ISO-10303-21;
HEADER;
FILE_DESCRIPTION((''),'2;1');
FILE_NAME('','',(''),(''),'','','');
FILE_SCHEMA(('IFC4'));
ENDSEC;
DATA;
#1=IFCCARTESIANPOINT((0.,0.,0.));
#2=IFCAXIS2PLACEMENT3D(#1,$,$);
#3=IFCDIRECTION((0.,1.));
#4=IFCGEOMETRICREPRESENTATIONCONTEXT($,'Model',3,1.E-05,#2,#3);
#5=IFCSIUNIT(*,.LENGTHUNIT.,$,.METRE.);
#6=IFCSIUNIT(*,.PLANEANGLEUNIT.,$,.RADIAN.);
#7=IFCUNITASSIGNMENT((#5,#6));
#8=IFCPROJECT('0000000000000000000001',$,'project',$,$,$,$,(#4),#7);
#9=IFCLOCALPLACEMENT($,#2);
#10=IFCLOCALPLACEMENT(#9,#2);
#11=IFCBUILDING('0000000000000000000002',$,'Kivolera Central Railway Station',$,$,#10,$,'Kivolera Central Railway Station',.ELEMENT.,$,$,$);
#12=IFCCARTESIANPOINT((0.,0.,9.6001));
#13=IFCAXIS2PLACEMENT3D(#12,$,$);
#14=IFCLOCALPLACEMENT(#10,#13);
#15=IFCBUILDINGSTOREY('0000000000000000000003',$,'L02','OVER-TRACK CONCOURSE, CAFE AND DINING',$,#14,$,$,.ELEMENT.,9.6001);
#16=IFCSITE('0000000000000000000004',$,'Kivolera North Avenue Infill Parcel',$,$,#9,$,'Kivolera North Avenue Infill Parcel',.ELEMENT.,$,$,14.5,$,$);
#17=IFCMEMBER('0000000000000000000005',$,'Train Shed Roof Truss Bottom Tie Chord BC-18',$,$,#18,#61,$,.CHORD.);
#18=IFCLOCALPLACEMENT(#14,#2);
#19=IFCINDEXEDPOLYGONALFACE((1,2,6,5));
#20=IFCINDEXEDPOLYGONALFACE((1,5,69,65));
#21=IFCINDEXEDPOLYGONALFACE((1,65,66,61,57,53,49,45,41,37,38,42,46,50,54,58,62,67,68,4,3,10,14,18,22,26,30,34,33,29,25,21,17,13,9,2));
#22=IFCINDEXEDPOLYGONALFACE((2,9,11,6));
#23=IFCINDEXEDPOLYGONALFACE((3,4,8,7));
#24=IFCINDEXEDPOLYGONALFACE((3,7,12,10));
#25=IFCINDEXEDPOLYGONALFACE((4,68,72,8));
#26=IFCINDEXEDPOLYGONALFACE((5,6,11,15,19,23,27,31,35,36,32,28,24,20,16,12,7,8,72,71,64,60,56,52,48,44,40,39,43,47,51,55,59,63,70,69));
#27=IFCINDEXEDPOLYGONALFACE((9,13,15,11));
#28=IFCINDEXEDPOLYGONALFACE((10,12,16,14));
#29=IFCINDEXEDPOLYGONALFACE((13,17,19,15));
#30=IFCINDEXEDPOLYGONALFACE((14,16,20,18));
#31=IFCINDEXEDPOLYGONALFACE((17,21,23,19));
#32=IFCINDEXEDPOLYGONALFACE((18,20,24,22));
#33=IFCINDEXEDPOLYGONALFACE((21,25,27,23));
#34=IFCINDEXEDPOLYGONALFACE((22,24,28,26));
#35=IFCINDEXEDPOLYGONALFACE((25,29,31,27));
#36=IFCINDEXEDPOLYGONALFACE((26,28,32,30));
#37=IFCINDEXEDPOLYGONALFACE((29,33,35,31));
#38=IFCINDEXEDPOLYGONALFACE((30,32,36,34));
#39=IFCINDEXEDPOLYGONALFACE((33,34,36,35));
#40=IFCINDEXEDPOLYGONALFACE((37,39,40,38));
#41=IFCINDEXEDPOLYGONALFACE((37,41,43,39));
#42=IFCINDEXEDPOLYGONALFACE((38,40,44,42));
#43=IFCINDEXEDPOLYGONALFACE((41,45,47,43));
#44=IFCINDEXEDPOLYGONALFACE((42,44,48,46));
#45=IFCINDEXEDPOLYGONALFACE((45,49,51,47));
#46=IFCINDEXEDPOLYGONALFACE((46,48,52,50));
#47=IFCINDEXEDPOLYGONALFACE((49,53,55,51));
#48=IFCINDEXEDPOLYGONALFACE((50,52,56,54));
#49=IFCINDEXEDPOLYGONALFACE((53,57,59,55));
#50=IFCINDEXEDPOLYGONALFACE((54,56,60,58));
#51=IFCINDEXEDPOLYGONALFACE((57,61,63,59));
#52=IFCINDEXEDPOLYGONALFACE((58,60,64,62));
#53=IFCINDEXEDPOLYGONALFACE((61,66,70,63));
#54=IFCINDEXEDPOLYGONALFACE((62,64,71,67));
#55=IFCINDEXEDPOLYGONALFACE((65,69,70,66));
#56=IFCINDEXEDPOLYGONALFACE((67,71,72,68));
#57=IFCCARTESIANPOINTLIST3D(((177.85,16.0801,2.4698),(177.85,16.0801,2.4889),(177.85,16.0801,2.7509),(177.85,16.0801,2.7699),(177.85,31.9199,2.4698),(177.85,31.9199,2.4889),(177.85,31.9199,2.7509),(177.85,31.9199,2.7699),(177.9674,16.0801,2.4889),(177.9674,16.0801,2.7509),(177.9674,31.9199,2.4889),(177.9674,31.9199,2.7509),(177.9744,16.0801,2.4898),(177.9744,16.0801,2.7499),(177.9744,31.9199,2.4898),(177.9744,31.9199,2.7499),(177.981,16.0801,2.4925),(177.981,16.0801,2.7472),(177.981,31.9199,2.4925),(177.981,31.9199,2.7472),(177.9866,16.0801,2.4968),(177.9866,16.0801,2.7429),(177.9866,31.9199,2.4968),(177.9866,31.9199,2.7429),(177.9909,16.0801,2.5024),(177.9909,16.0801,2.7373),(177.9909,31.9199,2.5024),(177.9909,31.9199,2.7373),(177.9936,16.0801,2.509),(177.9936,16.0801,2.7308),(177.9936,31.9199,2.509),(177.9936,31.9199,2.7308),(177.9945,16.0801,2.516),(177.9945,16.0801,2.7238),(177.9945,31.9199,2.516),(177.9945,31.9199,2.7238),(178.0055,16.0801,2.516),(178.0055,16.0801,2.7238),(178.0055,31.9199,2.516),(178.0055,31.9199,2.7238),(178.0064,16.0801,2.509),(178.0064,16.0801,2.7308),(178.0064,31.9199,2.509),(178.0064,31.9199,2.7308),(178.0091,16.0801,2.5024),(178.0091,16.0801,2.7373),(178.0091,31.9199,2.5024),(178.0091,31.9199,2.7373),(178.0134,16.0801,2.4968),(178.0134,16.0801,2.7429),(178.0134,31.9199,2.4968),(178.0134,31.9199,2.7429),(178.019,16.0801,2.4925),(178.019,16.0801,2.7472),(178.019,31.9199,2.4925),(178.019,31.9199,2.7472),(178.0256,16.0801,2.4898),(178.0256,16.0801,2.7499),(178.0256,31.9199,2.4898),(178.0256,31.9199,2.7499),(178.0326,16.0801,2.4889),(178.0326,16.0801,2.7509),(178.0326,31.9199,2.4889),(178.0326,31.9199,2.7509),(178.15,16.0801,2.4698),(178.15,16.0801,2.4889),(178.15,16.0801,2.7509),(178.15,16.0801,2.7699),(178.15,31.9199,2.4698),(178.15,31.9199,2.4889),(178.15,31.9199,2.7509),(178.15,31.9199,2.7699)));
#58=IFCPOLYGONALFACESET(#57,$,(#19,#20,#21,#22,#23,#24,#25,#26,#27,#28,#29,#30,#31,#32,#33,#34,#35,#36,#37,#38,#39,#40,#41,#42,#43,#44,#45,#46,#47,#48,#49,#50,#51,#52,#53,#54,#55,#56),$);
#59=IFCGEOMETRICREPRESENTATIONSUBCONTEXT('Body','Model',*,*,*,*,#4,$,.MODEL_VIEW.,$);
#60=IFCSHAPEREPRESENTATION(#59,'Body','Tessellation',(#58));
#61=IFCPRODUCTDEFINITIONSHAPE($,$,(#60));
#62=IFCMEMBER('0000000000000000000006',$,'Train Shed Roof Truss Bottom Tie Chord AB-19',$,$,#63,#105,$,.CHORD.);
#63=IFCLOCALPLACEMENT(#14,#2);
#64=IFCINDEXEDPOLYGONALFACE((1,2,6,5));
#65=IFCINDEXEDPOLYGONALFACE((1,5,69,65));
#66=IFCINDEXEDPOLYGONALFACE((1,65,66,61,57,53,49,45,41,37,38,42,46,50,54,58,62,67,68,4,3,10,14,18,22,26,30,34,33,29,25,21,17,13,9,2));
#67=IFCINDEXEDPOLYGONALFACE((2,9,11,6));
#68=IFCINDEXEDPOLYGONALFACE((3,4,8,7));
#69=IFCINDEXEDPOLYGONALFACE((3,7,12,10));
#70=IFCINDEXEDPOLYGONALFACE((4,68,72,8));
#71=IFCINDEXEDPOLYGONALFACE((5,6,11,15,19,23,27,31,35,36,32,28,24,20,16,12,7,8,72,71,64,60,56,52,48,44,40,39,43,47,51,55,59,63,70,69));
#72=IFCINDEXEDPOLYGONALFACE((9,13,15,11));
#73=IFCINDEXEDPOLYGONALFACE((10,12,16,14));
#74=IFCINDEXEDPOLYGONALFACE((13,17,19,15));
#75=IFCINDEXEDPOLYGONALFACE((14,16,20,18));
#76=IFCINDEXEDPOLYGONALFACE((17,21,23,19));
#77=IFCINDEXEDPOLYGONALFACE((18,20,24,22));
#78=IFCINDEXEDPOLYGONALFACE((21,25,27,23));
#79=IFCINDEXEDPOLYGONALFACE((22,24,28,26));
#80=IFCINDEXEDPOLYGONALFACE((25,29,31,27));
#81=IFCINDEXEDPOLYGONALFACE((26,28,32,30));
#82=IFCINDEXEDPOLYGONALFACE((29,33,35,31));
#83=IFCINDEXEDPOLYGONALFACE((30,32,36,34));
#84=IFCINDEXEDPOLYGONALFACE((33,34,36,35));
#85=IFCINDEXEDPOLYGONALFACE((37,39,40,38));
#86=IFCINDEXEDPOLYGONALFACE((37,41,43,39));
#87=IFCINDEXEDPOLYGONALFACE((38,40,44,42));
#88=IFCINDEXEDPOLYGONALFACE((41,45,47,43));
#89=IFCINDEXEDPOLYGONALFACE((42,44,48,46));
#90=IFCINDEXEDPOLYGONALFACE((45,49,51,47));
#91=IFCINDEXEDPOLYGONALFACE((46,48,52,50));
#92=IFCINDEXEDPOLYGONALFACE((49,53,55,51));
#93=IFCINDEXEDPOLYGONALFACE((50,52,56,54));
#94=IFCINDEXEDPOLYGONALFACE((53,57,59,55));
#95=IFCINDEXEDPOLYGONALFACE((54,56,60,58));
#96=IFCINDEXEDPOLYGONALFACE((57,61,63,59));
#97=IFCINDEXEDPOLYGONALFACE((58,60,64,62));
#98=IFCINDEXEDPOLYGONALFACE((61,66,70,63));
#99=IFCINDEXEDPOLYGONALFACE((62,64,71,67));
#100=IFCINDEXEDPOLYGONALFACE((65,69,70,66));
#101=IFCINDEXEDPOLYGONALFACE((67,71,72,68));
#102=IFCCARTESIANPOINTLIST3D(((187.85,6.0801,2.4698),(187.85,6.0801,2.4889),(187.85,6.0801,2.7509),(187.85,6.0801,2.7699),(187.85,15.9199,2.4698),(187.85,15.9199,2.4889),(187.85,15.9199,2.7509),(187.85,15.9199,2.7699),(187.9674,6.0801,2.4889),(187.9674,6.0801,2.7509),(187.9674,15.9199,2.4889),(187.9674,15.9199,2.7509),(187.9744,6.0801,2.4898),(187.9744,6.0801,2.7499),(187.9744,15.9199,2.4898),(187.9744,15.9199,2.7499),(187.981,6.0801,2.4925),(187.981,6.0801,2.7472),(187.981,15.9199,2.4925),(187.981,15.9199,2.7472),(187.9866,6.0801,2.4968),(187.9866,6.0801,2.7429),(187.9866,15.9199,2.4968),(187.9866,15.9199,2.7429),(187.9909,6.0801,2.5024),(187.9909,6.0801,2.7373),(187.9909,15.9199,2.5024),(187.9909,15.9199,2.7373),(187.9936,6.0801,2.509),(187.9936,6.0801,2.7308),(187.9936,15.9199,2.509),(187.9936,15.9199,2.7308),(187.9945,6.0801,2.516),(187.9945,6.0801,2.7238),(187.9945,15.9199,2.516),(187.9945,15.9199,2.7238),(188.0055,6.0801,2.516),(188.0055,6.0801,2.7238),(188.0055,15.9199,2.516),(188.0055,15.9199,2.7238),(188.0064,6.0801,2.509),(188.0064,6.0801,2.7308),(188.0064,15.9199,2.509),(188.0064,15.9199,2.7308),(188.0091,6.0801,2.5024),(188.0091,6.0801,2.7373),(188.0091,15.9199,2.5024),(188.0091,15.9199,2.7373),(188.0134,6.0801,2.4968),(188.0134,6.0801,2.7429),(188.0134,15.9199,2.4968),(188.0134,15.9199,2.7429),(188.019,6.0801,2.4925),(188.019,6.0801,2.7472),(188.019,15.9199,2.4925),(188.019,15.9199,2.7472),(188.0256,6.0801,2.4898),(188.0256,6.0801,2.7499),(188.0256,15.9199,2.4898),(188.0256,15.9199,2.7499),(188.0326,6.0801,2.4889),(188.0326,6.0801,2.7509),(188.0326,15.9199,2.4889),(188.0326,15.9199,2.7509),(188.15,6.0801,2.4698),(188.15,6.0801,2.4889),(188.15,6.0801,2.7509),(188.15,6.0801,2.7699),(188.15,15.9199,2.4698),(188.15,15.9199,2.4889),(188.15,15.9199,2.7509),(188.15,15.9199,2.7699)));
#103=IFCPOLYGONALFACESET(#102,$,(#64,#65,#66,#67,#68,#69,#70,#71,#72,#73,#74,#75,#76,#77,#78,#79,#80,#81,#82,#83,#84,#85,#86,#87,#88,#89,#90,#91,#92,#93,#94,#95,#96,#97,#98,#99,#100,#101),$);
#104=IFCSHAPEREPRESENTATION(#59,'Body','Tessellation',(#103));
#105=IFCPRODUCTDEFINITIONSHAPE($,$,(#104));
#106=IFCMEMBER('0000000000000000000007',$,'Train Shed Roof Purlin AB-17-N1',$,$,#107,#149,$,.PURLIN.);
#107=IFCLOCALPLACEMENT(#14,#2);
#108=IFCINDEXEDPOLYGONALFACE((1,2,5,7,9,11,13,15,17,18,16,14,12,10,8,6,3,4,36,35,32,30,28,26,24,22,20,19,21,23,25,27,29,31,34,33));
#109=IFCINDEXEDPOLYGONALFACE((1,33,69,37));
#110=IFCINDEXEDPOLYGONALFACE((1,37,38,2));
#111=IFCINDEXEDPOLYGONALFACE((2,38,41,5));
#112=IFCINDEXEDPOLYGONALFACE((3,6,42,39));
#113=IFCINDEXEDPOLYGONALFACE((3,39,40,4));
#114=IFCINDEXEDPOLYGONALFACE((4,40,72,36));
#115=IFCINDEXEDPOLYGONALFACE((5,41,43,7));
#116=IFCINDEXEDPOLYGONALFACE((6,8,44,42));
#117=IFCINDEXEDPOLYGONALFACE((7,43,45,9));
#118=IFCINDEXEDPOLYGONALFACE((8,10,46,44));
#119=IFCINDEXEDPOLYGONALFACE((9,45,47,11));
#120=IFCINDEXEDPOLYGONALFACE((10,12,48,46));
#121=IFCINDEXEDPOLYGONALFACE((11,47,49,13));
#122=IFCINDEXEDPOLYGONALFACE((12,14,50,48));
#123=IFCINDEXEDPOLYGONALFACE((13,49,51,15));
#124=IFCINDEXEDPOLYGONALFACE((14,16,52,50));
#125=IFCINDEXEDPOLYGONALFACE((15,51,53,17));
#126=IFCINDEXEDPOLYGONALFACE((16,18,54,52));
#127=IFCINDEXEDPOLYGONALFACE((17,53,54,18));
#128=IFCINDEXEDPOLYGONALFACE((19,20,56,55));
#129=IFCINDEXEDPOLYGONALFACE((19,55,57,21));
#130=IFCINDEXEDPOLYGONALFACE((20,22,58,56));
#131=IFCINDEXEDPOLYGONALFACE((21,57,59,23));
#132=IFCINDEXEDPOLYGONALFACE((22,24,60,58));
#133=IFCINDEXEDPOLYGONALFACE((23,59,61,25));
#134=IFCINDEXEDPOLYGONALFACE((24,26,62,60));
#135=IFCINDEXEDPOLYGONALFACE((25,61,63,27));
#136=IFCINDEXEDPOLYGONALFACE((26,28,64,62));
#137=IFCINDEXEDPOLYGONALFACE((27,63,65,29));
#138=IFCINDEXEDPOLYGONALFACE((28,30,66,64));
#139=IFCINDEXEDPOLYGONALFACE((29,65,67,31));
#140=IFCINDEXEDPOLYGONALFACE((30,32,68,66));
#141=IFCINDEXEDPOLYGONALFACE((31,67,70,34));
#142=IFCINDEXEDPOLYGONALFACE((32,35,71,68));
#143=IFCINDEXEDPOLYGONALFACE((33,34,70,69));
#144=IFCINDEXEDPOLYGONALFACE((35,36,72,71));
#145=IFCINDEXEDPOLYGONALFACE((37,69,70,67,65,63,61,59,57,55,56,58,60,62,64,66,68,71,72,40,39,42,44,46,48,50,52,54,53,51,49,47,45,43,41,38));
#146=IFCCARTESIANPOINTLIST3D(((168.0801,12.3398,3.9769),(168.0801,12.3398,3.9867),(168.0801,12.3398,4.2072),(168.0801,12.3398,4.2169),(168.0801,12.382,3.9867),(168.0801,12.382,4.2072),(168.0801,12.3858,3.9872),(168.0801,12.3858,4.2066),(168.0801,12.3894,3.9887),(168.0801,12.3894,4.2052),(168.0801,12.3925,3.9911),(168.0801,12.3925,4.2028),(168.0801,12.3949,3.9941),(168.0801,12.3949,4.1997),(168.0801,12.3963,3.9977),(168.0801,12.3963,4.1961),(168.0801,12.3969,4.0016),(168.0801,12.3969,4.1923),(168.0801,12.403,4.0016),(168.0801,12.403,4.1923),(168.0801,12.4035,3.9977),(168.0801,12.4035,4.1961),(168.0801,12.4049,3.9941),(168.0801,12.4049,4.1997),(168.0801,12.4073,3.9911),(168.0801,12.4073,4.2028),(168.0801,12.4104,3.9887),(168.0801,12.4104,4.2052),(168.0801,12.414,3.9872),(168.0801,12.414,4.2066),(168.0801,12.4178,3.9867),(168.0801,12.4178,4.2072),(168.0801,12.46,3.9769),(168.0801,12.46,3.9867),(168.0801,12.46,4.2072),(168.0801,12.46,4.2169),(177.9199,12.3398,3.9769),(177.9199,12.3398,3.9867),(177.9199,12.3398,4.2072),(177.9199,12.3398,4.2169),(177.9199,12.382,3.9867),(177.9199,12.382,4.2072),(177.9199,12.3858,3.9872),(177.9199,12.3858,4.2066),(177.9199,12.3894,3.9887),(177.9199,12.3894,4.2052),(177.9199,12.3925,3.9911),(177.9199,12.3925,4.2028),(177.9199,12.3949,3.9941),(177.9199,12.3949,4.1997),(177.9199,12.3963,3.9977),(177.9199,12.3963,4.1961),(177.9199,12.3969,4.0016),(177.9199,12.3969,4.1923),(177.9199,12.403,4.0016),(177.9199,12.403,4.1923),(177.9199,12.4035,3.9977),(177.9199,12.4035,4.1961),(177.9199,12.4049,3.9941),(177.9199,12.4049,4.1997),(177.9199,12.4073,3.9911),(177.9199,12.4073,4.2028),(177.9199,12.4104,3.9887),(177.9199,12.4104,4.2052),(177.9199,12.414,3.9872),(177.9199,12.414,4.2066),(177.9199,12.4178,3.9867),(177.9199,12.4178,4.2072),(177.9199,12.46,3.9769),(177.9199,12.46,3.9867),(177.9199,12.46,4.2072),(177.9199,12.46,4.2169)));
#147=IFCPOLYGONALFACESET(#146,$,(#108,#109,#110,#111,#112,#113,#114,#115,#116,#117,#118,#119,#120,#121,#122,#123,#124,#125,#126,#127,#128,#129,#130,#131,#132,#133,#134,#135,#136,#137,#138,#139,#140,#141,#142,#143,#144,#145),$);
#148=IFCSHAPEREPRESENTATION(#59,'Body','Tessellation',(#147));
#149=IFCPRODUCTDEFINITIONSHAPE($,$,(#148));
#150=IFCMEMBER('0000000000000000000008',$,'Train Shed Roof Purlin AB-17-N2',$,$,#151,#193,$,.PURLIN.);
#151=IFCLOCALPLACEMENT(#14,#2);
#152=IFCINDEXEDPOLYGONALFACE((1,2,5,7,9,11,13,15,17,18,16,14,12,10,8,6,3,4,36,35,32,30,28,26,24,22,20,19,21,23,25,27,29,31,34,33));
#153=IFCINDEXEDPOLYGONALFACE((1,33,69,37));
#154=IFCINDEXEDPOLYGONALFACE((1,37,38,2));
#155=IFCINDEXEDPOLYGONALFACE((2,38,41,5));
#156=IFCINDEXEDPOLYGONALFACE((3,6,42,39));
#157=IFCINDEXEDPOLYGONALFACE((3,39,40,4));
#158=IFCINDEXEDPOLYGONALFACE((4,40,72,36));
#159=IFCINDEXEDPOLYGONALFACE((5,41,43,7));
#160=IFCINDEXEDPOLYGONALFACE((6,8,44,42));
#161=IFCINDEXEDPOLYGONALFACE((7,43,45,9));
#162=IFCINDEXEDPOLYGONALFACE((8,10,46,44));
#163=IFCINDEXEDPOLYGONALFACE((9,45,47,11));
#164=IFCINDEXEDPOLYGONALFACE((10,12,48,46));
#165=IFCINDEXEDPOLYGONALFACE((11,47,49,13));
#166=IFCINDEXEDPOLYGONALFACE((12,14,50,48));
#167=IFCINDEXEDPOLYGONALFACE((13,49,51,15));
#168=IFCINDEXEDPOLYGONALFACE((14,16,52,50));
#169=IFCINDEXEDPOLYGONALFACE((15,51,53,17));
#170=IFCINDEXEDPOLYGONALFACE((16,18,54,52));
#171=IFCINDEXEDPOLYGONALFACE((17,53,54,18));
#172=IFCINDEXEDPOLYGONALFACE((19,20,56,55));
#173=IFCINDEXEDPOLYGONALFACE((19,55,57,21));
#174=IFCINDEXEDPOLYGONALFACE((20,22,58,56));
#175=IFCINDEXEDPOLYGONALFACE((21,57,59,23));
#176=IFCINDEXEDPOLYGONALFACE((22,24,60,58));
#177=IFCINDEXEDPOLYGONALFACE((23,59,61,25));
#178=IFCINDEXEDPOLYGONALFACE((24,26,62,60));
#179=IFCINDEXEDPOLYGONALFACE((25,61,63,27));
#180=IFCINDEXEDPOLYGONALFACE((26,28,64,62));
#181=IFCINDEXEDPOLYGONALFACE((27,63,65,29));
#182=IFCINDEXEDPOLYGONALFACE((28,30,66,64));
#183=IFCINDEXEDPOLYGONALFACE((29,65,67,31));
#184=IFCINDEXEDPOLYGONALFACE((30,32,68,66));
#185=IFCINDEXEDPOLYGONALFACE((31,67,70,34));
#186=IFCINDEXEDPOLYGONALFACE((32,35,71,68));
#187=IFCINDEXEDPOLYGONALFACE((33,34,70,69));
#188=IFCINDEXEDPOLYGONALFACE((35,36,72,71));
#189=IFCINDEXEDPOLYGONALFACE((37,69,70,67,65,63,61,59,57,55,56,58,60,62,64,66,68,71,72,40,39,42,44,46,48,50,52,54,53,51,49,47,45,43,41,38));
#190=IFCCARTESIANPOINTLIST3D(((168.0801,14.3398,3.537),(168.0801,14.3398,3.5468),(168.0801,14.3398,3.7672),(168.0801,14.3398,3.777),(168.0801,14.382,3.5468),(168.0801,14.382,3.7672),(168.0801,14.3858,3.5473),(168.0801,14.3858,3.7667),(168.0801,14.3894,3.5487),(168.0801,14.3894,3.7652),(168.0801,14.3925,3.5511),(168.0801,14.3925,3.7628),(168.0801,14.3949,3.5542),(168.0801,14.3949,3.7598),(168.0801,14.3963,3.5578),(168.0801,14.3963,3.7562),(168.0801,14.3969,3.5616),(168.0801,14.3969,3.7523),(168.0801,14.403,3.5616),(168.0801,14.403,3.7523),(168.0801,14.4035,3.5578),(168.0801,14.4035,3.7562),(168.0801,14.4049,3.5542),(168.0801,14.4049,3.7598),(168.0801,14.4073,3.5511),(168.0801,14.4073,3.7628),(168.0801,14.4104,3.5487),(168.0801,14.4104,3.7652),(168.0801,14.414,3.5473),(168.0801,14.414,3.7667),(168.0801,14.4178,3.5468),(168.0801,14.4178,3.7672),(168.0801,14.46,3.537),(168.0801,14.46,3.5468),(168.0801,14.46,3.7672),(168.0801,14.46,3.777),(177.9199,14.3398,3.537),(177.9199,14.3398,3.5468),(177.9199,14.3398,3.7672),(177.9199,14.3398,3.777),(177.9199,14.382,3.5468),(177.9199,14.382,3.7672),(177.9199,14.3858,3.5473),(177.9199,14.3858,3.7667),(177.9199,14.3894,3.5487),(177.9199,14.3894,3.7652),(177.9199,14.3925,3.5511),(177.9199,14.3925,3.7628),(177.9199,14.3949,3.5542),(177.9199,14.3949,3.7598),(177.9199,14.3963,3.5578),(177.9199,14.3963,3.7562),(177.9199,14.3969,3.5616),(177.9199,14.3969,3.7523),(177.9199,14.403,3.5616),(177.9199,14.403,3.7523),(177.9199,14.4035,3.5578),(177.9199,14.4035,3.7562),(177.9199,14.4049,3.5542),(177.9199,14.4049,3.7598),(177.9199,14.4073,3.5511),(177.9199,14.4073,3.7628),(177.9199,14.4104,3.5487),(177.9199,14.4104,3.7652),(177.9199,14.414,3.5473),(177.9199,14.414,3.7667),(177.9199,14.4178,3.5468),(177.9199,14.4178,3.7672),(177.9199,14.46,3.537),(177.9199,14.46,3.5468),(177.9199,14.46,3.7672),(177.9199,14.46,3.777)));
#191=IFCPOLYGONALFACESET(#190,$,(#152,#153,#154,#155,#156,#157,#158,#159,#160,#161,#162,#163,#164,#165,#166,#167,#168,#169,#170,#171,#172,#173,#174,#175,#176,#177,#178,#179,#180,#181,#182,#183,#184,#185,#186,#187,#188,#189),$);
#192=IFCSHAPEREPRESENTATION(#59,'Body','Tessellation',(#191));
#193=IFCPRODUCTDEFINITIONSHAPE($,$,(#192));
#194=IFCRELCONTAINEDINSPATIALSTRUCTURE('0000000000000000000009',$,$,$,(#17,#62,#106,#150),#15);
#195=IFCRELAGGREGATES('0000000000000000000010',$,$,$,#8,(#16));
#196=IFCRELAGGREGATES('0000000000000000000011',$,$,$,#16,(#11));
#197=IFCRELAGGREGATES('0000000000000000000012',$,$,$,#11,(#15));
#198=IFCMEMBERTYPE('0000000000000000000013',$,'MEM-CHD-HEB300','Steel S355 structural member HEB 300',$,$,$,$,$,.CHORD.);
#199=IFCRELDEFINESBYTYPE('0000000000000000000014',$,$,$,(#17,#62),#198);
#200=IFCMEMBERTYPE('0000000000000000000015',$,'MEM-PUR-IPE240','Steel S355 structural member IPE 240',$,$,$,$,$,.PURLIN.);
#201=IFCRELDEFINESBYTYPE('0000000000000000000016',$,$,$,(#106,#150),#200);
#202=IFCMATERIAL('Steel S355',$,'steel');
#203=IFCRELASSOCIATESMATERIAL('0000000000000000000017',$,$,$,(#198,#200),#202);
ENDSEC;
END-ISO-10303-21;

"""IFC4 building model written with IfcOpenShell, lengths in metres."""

from ifc_helpers import new_model, si_unit, direction, frame, origin, origin_2d, place, context, subcontext, project, spatial, i_section, extrude, material, material_profile, profile_set, type_object, element, save


model = new_model("IFC4")

# Units and contexts
model_context = context("Model", 3, precision=1e-05, world=origin(), true_north=direction((0.0, 1.0)))
body_context = subcontext(model_context, "Body", "Model", "MODEL_VIEW")
ifc_project = project(units=[si_unit("LENGTHUNIT", "METRE"), si_unit("PLANEANGLEUNIT", "RADIAN")], contexts=[model_context])

# Site, building, storey
site_placement = place(None, origin())
site = spatial("IfcSite", under=ifc_project, at=site_placement, Name="Kivolera North Avenue Infill Parcel", LongName="Kivolera North Avenue Infill Parcel", CompositionType="ELEMENT", RefElevation=14.5)
building_placement = place(site_placement, origin())
building = spatial("IfcBuilding", under=site, at=building_placement, Name="Kivolera Central Railway Station", LongName="Kivolera Central Railway Station", CompositionType="ELEMENT")
storey_placement = place(building_placement, frame((0.0, 0.0, 9.6001)))
storey = spatial("IfcBuildingStorey", under=building, at=storey_placement, Name="L02", Description="OVER-TRACK CONCOURSE, CAFE AND DINING", CompositionType="ELEMENT", Elevation=9.6001)

# Shared definitions
ifc_material_1 = material(Name="Steel S355", Category="steel")

# Members
ifc_material_profile_1 = material_profile(ifc_material_1, i_section(OverallWidth=0.3, OverallDepth=0.3, WebThickness=0.011, FlangeThickness=0.019, FilletRadius=0.0271, at=origin_2d()), Name="HEB 300")
ifc_profile_set_1 = profile_set([ifc_material_profile_1], Name="Steel S355")
member_type_1 = type_object("IfcMemberType", Name="MEM-CHD-HEB300", Description="Steel S355 structural member HEB 300", PredefinedType="CHORD", material=ifc_profile_set_1)
member_1_placement = place(storey_placement, frame((178.0, 16.0801, 2.6199), z_axis=(0.0, 1.0, 0.0), x_axis=(-1.0, 0.0, 0.0)))
element("IfcMember", 1, at=member_1_placement, inside=storey, type_object=member_type_1, Name="Train Shed Roof Truss Bottom Tie Chord BC-18", PredefinedType="CHORD", context=body_context, shape_type="SweptSolid", body=[
    extrude(i_section(OverallWidth=0.3, OverallDepth=0.3, WebThickness=0.011, FlangeThickness=0.019, FilletRadius=0.0271, at=origin_2d()), origin(), (0.0, 0.0, 1.0), 15.8398),
])
member_2_placement = place(storey_placement, frame((188.0, 6.0801, 2.6199), z_axis=(0.0, 1.0, 0.0), x_axis=(-1.0, 0.0, 0.0)))
element("IfcMember", 2, at=member_2_placement, inside=storey, type_object=member_type_1, Name="Train Shed Roof Truss Bottom Tie Chord AB-19", PredefinedType="CHORD", context=body_context, shape_type="SweptSolid", body=[
    extrude(i_section(OverallWidth=0.3, OverallDepth=0.3, WebThickness=0.011, FlangeThickness=0.019, FilletRadius=0.0271, at=origin_2d()), origin(), (0.0, 0.0, 1.0), 9.8398),
])
ifc_material_profile_2 = material_profile(ifc_material_1, i_section(OverallWidth=0.1201, OverallDepth=0.24, WebThickness=0.0061, FlangeThickness=0.0098, FilletRadius=0.0149, at=origin_2d()), Name="IPE 240")
ifc_profile_set_2 = profile_set([ifc_material_profile_2], Name="Steel S355")
member_type_2 = type_object("IfcMemberType", Name="MEM-PUR-IPE240", Description="Steel S355 structural member IPE 240", PredefinedType="PURLIN", material=ifc_profile_set_2)
for number, where, z_axis, x_axis, name in (
    (3, (168.0801, 12.3999, 4.0969), (1.0, 0.0, 0.0), (0.0, 1.0, 0.0), "Train Shed Roof Purlin AB-17-N1"),
    (4, (168.0801, 14.3999, 3.657), (1.0, 0.0, 0.0), (0.0, 1.0, 0.0), "Train Shed Roof Purlin AB-17-N2"),
):
    element("IfcMember", number, at=place(storey_placement, frame(where, z_axis=z_axis, x_axis=x_axis)), inside=storey, type_object=member_type_2, Name=name, PredefinedType="PURLIN", context=body_context, shape_type="SweptSolid", body=[
        extrude(i_section(OverallWidth=0.1201, OverallDepth=0.24, WebThickness=0.0061, FlangeThickness=0.0098, FilletRadius=0.0149, at=origin_2d()), origin(), (0.0, 0.0, 1.0), 9.8398),
    ])

save(model, "model.ifc")
